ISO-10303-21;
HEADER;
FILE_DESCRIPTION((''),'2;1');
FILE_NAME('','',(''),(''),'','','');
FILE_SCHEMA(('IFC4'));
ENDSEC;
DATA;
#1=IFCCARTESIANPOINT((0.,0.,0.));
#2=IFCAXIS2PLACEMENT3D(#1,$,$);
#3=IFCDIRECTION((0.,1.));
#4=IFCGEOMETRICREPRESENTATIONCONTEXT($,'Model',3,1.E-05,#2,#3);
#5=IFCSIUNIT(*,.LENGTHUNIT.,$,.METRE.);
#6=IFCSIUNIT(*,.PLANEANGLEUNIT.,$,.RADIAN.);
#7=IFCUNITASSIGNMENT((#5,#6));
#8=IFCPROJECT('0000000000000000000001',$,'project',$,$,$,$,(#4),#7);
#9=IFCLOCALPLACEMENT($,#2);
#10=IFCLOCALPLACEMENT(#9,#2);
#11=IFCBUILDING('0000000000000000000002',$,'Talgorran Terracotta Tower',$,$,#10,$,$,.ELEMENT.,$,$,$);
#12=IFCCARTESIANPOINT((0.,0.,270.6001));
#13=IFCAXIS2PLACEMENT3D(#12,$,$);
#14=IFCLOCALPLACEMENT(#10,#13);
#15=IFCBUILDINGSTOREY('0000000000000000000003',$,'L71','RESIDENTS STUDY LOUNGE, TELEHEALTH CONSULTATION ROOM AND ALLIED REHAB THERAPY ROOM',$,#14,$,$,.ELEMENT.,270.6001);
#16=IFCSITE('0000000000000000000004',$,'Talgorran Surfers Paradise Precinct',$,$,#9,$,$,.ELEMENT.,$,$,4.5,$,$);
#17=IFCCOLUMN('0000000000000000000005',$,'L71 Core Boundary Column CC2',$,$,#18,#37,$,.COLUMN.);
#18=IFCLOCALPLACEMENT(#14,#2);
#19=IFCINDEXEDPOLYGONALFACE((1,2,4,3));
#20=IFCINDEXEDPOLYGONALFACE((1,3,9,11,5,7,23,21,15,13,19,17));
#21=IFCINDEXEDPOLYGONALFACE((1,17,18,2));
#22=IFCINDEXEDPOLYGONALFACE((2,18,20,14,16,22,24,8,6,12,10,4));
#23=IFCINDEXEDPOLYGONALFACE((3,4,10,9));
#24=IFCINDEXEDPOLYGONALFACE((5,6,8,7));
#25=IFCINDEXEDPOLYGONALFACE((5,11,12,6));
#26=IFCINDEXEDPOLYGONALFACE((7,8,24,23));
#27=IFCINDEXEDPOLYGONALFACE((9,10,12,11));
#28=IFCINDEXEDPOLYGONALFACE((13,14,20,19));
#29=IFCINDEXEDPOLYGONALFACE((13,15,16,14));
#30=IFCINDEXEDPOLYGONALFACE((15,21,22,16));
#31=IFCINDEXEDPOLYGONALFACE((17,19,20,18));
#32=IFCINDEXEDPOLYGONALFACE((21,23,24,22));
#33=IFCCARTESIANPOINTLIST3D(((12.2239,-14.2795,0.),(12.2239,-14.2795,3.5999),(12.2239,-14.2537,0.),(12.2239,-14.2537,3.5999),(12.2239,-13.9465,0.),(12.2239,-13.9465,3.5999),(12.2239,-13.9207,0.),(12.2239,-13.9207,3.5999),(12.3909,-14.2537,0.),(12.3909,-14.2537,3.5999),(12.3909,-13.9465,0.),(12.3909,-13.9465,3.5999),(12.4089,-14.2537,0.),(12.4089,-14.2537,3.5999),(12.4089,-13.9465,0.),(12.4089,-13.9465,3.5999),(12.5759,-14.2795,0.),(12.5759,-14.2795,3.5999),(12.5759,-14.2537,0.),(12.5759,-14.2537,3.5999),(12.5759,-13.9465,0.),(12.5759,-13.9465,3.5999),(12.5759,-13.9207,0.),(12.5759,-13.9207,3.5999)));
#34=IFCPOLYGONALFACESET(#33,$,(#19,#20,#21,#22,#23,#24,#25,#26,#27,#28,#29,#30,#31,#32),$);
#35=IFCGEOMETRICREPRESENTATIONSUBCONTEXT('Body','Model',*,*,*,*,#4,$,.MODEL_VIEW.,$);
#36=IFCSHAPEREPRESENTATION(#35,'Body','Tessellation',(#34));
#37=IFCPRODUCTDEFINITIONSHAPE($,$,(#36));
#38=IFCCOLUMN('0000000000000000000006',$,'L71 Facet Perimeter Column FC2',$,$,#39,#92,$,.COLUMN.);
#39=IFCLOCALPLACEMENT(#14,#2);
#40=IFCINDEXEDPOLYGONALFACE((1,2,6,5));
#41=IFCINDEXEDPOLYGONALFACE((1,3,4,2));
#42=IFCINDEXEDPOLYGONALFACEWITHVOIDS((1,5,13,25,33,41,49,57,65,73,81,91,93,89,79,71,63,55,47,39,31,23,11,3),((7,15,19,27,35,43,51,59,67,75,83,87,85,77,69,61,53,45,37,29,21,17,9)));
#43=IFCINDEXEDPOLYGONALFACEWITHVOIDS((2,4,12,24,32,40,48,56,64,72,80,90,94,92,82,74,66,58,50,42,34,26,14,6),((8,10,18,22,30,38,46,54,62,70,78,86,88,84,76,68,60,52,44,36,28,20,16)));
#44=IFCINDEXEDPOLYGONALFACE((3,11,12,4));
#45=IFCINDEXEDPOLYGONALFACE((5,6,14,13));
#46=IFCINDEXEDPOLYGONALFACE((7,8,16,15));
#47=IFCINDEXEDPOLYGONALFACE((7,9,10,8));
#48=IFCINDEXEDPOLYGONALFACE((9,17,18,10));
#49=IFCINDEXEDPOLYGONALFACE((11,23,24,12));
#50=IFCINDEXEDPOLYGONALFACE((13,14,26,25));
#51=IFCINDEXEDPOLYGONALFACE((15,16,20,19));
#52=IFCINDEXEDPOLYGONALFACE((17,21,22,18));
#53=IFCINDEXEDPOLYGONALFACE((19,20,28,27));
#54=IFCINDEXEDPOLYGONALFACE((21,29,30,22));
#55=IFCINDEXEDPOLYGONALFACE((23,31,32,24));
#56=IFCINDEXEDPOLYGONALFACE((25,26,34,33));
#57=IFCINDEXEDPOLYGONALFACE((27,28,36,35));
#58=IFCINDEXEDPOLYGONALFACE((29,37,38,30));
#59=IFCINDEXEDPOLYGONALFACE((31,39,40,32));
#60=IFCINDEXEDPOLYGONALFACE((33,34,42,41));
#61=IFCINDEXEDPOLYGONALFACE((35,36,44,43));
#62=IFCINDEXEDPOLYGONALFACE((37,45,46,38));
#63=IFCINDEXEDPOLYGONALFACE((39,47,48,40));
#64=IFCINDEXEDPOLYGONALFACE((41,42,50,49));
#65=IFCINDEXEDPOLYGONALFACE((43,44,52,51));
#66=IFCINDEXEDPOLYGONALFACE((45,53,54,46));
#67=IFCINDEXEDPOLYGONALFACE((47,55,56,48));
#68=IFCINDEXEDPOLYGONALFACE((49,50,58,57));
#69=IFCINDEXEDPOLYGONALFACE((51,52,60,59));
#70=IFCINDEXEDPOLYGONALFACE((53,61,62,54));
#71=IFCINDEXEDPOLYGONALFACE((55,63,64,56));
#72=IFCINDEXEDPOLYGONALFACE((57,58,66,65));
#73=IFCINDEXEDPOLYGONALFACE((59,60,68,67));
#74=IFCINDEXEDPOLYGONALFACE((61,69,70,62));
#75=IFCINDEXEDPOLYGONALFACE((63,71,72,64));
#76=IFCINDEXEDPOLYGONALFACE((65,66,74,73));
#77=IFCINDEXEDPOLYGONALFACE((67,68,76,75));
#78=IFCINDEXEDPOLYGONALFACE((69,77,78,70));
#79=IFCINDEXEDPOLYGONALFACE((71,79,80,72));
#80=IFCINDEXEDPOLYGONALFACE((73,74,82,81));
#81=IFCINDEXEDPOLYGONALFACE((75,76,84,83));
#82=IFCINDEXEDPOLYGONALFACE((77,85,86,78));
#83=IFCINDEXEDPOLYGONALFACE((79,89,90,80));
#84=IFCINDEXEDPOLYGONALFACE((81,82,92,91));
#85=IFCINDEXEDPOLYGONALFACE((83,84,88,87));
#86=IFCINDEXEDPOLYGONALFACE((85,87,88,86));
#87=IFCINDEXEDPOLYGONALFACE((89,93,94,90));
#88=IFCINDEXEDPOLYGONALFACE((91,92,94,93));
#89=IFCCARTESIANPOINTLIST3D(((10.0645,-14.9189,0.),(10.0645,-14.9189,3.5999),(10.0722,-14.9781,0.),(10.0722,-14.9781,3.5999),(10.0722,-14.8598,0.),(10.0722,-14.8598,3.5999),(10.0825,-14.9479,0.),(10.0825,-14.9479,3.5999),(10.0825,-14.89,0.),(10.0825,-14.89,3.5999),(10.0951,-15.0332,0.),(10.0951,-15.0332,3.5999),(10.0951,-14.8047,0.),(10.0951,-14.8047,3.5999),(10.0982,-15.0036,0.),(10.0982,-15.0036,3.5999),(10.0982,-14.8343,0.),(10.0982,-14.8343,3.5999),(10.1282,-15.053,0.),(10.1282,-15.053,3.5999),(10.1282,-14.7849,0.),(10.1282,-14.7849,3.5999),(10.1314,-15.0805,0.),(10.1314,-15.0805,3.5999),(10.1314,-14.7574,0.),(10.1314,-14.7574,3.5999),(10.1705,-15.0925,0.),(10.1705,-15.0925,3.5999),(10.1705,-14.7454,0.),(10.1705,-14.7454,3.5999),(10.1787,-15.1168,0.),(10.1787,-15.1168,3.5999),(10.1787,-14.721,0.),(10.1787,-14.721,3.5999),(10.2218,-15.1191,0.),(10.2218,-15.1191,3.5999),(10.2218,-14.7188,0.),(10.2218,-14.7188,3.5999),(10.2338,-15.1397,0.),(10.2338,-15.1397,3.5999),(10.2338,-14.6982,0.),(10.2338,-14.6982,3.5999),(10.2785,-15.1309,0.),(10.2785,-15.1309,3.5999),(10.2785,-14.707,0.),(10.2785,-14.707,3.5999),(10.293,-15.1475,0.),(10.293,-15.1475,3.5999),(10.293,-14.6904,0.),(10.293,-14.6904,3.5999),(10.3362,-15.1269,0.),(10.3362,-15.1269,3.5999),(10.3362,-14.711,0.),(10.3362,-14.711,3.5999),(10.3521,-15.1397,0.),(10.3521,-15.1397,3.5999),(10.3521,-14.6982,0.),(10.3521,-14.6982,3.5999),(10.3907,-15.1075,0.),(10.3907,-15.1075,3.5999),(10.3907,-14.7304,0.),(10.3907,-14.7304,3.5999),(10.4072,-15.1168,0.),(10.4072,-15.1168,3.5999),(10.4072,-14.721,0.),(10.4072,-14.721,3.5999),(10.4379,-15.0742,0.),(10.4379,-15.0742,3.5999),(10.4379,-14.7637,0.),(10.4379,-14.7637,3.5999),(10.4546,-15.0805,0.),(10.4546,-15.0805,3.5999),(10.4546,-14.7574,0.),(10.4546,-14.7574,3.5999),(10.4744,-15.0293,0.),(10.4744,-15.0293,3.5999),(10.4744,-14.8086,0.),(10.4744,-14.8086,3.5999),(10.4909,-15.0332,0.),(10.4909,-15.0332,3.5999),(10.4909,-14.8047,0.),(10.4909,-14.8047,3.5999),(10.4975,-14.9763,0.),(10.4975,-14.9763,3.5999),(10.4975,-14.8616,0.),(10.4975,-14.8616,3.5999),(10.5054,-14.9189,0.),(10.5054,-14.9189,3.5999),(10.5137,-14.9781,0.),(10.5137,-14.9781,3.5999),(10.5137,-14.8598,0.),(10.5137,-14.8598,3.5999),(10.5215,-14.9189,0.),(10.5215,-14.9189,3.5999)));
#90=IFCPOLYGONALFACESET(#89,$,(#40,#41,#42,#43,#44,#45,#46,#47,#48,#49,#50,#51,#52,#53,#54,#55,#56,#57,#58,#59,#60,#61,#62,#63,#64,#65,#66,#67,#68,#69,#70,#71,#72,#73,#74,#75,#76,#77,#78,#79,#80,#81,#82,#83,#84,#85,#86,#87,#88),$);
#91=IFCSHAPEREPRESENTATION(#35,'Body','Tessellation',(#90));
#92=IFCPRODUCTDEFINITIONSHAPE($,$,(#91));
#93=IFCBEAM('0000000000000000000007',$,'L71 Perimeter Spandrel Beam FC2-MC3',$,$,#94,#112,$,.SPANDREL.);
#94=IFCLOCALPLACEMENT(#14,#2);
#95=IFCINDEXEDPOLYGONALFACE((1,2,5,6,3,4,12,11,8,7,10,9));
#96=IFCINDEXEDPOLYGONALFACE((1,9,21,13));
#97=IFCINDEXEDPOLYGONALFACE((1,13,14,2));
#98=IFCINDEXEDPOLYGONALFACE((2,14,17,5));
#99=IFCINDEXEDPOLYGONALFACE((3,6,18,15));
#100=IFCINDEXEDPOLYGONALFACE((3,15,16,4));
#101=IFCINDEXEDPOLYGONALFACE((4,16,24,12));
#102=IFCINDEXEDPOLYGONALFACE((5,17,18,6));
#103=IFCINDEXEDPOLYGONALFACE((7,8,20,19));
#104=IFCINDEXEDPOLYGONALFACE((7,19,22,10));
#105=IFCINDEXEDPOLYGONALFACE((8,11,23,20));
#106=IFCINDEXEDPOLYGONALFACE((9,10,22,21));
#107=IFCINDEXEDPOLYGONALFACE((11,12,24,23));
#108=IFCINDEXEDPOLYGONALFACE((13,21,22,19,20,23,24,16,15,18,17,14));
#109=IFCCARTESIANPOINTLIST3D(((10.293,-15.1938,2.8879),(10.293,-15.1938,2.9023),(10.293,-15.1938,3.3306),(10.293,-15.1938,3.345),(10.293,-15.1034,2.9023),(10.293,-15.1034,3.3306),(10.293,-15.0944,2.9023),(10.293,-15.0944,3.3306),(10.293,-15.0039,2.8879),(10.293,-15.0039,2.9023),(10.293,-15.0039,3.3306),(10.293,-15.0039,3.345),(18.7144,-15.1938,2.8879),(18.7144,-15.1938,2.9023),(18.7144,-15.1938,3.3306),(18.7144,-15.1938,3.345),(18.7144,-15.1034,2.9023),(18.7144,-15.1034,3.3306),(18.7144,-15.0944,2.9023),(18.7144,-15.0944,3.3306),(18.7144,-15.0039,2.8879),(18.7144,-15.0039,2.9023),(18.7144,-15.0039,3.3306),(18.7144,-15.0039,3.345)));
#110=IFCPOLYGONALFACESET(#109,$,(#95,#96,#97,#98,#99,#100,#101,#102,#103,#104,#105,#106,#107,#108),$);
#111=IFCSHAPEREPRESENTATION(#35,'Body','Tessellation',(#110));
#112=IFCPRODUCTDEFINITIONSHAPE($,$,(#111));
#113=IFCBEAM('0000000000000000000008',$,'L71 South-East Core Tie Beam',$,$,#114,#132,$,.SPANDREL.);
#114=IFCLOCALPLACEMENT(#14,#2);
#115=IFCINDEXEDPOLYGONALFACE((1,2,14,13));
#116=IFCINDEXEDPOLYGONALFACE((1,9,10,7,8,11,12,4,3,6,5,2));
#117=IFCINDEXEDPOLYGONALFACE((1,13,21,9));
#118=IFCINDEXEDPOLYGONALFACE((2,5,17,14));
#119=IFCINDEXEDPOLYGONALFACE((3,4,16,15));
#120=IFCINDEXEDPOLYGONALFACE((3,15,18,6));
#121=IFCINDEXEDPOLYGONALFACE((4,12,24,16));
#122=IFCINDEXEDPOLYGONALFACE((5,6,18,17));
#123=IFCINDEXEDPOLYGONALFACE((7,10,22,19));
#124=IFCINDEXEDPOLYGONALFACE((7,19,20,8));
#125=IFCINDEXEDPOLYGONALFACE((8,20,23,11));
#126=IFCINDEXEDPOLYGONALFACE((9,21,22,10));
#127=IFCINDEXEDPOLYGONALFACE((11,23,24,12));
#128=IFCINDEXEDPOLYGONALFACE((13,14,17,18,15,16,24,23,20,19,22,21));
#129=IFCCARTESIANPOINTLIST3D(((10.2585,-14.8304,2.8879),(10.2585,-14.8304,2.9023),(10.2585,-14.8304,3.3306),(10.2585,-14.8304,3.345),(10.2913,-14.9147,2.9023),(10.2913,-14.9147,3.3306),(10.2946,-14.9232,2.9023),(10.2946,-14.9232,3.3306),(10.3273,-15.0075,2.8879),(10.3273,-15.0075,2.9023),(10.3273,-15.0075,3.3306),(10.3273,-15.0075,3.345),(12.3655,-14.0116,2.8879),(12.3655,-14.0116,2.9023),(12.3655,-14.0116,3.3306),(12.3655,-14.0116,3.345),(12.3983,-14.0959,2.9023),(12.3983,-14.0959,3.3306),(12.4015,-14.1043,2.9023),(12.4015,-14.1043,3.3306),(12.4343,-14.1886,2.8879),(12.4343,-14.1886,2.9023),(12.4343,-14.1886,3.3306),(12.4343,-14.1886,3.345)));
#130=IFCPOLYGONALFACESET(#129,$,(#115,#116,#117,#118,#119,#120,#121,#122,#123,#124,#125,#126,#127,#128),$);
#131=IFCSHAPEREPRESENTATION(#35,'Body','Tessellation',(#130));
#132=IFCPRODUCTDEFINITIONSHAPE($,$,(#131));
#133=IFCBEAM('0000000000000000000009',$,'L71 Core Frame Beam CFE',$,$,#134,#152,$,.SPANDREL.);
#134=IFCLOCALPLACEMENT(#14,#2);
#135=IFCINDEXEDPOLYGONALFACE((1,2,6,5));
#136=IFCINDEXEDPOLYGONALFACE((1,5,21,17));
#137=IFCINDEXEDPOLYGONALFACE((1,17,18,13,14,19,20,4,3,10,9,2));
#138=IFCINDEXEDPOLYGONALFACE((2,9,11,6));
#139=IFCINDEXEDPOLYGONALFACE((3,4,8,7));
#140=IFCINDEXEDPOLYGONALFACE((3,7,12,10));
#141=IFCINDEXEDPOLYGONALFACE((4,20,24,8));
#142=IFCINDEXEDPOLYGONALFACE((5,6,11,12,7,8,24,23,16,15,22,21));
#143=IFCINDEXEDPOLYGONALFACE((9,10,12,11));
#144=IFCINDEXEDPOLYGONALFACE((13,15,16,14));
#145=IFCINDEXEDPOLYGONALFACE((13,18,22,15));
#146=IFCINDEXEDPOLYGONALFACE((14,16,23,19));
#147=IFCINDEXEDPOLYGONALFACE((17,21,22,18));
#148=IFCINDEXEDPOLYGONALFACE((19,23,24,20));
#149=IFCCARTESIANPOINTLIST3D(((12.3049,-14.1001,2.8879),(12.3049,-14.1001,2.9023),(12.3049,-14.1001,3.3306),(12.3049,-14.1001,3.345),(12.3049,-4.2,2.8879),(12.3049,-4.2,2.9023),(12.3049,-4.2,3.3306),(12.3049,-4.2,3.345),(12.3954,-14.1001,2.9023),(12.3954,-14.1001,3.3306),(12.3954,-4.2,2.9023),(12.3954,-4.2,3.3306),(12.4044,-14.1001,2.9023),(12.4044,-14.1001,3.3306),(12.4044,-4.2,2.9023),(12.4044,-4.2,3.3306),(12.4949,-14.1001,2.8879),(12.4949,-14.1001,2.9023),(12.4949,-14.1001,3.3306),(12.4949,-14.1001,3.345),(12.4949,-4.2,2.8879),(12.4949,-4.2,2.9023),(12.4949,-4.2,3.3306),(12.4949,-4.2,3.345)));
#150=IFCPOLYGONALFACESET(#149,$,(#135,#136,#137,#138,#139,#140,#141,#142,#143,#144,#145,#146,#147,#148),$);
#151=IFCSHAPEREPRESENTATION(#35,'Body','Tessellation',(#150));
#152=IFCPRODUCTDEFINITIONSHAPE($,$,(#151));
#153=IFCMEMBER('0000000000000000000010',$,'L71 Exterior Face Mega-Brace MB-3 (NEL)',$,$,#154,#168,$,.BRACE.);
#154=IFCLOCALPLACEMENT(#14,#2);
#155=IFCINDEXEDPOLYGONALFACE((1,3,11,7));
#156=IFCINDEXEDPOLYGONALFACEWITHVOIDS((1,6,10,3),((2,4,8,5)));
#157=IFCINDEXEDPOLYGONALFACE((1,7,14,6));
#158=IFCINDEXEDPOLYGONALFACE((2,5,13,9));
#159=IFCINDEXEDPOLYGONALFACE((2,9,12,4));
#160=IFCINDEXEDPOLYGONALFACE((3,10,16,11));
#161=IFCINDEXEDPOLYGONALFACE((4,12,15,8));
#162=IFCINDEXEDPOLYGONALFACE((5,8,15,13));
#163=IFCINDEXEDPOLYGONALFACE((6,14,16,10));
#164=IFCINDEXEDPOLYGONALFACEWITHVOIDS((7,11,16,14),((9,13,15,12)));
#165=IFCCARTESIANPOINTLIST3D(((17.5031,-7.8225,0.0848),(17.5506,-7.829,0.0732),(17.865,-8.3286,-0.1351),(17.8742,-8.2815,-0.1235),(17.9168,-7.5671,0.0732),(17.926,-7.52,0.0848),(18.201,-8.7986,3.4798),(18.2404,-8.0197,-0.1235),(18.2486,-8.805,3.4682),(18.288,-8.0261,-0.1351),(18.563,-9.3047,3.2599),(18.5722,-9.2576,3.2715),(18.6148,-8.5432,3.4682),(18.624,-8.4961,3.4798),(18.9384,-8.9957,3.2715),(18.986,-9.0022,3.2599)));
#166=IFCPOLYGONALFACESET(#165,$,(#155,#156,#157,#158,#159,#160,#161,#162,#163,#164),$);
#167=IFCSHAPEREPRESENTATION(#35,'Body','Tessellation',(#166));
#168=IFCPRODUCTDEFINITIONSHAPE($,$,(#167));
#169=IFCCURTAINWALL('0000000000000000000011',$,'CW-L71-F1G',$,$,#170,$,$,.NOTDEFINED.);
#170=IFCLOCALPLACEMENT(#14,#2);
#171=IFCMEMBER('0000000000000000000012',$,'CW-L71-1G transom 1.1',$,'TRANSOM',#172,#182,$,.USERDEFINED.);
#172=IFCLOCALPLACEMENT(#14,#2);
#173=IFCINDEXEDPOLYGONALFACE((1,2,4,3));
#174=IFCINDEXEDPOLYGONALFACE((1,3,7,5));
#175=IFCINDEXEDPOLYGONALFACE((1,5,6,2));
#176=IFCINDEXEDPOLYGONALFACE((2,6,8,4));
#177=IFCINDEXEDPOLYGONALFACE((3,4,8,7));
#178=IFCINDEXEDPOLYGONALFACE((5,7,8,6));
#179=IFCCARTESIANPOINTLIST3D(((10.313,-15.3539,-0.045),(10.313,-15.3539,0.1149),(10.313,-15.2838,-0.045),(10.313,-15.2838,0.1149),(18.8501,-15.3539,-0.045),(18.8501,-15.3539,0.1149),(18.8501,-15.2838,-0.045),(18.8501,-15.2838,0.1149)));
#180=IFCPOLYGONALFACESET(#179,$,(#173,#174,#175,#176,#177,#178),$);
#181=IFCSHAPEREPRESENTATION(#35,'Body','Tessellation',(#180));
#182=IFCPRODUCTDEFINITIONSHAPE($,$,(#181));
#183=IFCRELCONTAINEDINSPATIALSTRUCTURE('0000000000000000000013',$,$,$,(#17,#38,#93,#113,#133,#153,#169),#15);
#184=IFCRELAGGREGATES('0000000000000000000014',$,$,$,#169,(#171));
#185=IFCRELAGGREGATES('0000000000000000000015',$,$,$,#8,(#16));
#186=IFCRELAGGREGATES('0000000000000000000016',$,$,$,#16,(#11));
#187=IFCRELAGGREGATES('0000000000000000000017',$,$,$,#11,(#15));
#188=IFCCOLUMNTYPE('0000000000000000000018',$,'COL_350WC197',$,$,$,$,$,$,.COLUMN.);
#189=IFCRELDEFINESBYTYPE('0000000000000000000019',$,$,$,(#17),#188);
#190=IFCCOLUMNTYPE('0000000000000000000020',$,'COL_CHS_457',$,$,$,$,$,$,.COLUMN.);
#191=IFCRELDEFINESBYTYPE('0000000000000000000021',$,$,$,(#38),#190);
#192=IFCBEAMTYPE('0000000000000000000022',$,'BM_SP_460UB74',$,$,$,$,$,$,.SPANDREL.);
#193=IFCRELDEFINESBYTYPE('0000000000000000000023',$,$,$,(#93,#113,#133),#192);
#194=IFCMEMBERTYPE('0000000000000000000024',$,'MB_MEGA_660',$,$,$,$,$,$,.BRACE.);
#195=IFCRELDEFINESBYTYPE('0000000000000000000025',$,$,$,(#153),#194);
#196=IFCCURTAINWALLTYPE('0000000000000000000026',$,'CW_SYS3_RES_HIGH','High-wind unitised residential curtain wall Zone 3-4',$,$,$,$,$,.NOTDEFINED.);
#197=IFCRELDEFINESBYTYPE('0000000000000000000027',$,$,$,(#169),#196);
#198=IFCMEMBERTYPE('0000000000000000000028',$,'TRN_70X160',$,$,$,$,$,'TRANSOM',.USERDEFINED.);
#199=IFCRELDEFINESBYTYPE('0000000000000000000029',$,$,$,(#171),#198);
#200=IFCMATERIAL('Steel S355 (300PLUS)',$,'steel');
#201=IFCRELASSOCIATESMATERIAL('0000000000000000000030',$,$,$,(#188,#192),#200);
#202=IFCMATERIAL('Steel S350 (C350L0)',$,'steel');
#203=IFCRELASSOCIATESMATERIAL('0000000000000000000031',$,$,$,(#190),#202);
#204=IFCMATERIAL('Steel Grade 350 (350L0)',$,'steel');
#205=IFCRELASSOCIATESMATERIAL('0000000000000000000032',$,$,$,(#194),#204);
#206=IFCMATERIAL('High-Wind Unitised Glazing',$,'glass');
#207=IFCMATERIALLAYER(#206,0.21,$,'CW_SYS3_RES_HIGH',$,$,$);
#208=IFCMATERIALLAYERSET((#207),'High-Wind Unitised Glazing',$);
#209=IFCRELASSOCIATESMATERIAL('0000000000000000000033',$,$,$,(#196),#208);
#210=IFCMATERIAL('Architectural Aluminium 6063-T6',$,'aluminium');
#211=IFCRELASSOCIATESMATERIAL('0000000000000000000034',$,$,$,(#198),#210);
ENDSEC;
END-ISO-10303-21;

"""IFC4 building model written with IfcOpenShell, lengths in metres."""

from ifc_helpers import new_model, si_unit, direction, frame, origin, origin_2d, place, context, subcontext, project, spatial, rectangle, hollow_rectangle, hollow_circle, i_section, extrude, material, layer, layer_set, material_profile, profile_set, type_object, element, aggregate, save


model = new_model("IFC4")

# Units and contexts
model_context = context("Model", 3, precision=1e-05, world=origin(), true_north=direction((0.0, 1.0)))
body_context = subcontext(model_context, "Body", "Model", "MODEL_VIEW")
ifc_project = project(units=[si_unit("LENGTHUNIT", "METRE"), si_unit("PLANEANGLEUNIT", "RADIAN")], contexts=[model_context])

# Site, building, storey
site_placement = place(None, origin())
site = spatial("IfcSite", under=ifc_project, at=site_placement, Name="Talgorran Surfers Paradise Precinct", CompositionType="ELEMENT", RefElevation=4.5)
building_placement = place(site_placement, origin())
building = spatial("IfcBuilding", under=site, at=building_placement, Name="Talgorran Terracotta Tower", CompositionType="ELEMENT")
storey_placement = place(building_placement, frame((0.0, 0.0, 270.6001)))
storey = spatial("IfcBuildingStorey", under=building, at=storey_placement, Name="L71", Description="RESIDENTS STUDY LOUNGE, TELEHEALTH CONSULTATION ROOM AND ALLIED REHAB THERAPY ROOM", CompositionType="ELEMENT", Elevation=270.6001)

# Columns
ifc_material_1 = material(Name="Steel S355 (300PLUS)", Category="steel")
ifc_material_profile_1 = material_profile(ifc_material_1, i_section(OverallWidth=0.3521, OverallDepth=0.3589, WebThickness=0.0181, FlangeThickness=0.0259, at=origin_2d()), Name="350WC197")
ifc_profile_set_1 = profile_set([ifc_material_profile_1], Name="Steel S355 (300PLUS)")
column_type_1 = type_object("IfcColumnType", Name="COL_350WC197", PredefinedType="COLUMN", material=ifc_profile_set_1)
column_1_placement = place(storey_placement, frame((12.3999, -14.1001, 0.0), z_axis=(0.0, 0.0, 1.0), x_axis=(1.0, 0.0, 0.0)))
element("IfcColumn", 1, at=column_1_placement, inside=storey, type_object=column_type_1, Name="L71 Core Boundary Column CC2", PredefinedType="COLUMN", context=body_context, shape_type="SweptSolid", body=[
    extrude(i_section(OverallWidth=0.3521, OverallDepth=0.3589, WebThickness=0.0181, FlangeThickness=0.0259, at=origin_2d()), origin(), (0.0, 0.0, 1.0), 3.5999),
])
ifc_material_2 = material(Name="Steel S350 (C350L0)", Category="steel")
ifc_material_profile_2 = material_profile(ifc_material_2, hollow_circle(Radius=0.2285, WallThickness=0.0161, at=origin_2d()), Name="CHS457X16")
ifc_profile_set_2 = profile_set([ifc_material_profile_2], Name="Steel S350 (C350L0)")
column_type_2 = type_object("IfcColumnType", Name="COL_CHS_457", PredefinedType="COLUMN", material=ifc_profile_set_2)
column_2_placement = place(storey_placement, frame((10.293, -14.9189, 0.0), z_axis=(0.0, 0.0, 1.0), x_axis=(1.0, 0.0, 0.0)))
element("IfcColumn", 2, at=column_2_placement, inside=storey, type_object=column_type_2, Name="L71 Facet Perimeter Column FC2", PredefinedType="COLUMN", context=body_context, shape_type="SweptSolid", body=[
    extrude(hollow_circle(Radius=0.2285, WallThickness=0.0161, at=origin_2d()), origin(), (0.0, 0.0, 1.0), 3.5999),
])

# Beams
ifc_material_profile_3 = material_profile(ifc_material_1, i_section(OverallWidth=0.1899, OverallDepth=0.457, WebThickness=0.009, FlangeThickness=0.0144, at=origin_2d()), Name="460UB74.6")
ifc_profile_set_3 = profile_set([ifc_material_profile_3], Name="Steel S355 (300PLUS)")
beam_type = type_object("IfcBeamType", Name="BM_SP_460UB74", PredefinedType="SPANDREL", material=ifc_profile_set_3)
beam_1_placement = place(storey_placement, frame((10.293, -15.0989, 3.1165), z_axis=(1.0, 0.0, 0.0), x_axis=(0.0, 1.0, 0.0)))
element("IfcBeam", 3, at=beam_1_placement, inside=storey, type_object=beam_type, Name="L71 Perimeter Spandrel Beam FC2-MC3", PredefinedType="SPANDREL", context=body_context, shape_type="SweptSolid", body=[
    extrude(i_section(OverallWidth=0.1899, OverallDepth=0.457, WebThickness=0.009, FlangeThickness=0.0144, at=origin_2d()), origin(), (0.0, 0.0, 1.0), 8.4214),
])
beam_2_placement = place(storey_placement, frame((12.3999, -14.1001, 3.1165), z_axis=(-0.932082, -0.362248, 0.0), x_axis=(0.362248, -0.932082, 0.0)))
element("IfcBeam", 4, at=beam_2_placement, inside=storey, type_object=beam_type, Name="L71 South-East Core Tie Beam", PredefinedType="SPANDREL", context=body_context, shape_type="SweptSolid", body=[
    extrude(i_section(OverallWidth=0.1899, OverallDepth=0.457, WebThickness=0.009, FlangeThickness=0.0144, at=origin_2d()), origin(), (0.0, 0.0, 1.0), 2.2605),
])
beam_3_placement = place(storey_placement, frame((12.3999, -14.1001, 3.1165), z_axis=(0.0, 1.0, 0.0), x_axis=(-1.0, 0.0, 0.0)))
element("IfcBeam", 5, at=beam_3_placement, inside=storey, type_object=beam_type, Name="L71 Core Frame Beam CFE", PredefinedType="SPANDREL", context=body_context, shape_type="SweptSolid", body=[
    extrude(i_section(OverallWidth=0.1899, OverallDepth=0.457, WebThickness=0.009, FlangeThickness=0.0144, at=origin_2d()), origin(), (0.0, 0.0, 1.0), 9.9001),
])

# Member
ifc_material_3 = material(Name="Steel Grade 350 (350L0)", Category="steel")
ifc_material_profile_4 = material_profile(ifc_material_3, hollow_rectangle(XDim=0.52, YDim=0.6599, WallThickness=0.0349, at=origin_2d()), Name="WBOX660X520X35")
ifc_profile_set_4 = profile_set([ifc_material_profile_4], Name="Steel Grade 350 (350L0)")
member_type_1 = type_object("IfcMemberType", Name="MB_MEGA_660", PredefinedType="BRACE", material=ifc_profile_set_4)
member_1_placement = place(storey_placement, frame((17.8955, -7.9243, -0.0251), z_axis=(0.193843, -0.271068, 0.94284), x_axis=(0.813417, 0.581681, 0.0)))
element("IfcMember", 6, at=member_1_placement, inside=storey, type_object=member_type_1, Name="L71 Exterior Face Mega-Brace MB-3 (NEL)", PredefinedType="BRACE", context=body_context, shape_type="SweptSolid", body=[
    extrude(hollow_rectangle(XDim=0.52, YDim=0.6599, WallThickness=0.0349, at=origin_2d()), origin(), (0.0, 0.0, 1.0), 3.6008),
])

# Curtain wall, member
ifc_material_4 = material(Name="High-Wind Unitised Glazing", Category="glass")
ifc_layer_1 = layer(ifc_material_4, 0.21, Name="CW_SYS3_RES_HIGH")
ifc_layer_set_1 = layer_set([ifc_layer_1], Name="High-Wind Unitised Glazing")
curtain_wall_type = type_object("IfcCurtainWallType", Name="CW_SYS3_RES_HIGH", Description="High-wind unitised residential curtain wall Zone 3-4", PredefinedType="NOTDEFINED", material=ifc_layer_set_1)
curtain_wall_1_placement = place(storey_placement, origin())
curtain_wall_1 = element("IfcCurtainWall", 7, at=curtain_wall_1_placement, inside=storey, type_object=curtain_wall_type, Name="CW-L71-F1G", PredefinedType="NOTDEFINED")
ifc_material_5 = material(Name="Architectural Aluminium 6063-T6", Category="aluminium")
ifc_material_profile_5 = material_profile(ifc_material_5, rectangle(XDim=0.0701, YDim=0.1599, at=origin_2d()), Name="CWT70X160")
ifc_profile_set_5 = profile_set([ifc_material_profile_5], Name="Architectural Aluminium 6063-T6")
member_type_2 = type_object("IfcMemberType", Name="TRN_70X160", ElementType="TRANSOM", PredefinedType="USERDEFINED", material=ifc_profile_set_5)
member_2_placement = place(storey_placement, frame((10.313, -15.3188, 0.0349), z_axis=(1.0, 0.0, 0.0), x_axis=(0.0, 1.0, 0.0)))
member_2 = element("IfcMember", 8, at=member_2_placement, type_object=member_type_2, Name="CW-L71-1G transom 1.1", ObjectType="TRANSOM", PredefinedType="USERDEFINED", context=body_context, shape_type="SweptSolid", body=[
    extrude(rectangle(XDim=0.0701, YDim=0.1599, at=origin_2d()), origin(), (0.0, 0.0, 1.0), 8.5371),
])

aggregate(curtain_wall_1, [member_2])

save(model, "model.ifc")
